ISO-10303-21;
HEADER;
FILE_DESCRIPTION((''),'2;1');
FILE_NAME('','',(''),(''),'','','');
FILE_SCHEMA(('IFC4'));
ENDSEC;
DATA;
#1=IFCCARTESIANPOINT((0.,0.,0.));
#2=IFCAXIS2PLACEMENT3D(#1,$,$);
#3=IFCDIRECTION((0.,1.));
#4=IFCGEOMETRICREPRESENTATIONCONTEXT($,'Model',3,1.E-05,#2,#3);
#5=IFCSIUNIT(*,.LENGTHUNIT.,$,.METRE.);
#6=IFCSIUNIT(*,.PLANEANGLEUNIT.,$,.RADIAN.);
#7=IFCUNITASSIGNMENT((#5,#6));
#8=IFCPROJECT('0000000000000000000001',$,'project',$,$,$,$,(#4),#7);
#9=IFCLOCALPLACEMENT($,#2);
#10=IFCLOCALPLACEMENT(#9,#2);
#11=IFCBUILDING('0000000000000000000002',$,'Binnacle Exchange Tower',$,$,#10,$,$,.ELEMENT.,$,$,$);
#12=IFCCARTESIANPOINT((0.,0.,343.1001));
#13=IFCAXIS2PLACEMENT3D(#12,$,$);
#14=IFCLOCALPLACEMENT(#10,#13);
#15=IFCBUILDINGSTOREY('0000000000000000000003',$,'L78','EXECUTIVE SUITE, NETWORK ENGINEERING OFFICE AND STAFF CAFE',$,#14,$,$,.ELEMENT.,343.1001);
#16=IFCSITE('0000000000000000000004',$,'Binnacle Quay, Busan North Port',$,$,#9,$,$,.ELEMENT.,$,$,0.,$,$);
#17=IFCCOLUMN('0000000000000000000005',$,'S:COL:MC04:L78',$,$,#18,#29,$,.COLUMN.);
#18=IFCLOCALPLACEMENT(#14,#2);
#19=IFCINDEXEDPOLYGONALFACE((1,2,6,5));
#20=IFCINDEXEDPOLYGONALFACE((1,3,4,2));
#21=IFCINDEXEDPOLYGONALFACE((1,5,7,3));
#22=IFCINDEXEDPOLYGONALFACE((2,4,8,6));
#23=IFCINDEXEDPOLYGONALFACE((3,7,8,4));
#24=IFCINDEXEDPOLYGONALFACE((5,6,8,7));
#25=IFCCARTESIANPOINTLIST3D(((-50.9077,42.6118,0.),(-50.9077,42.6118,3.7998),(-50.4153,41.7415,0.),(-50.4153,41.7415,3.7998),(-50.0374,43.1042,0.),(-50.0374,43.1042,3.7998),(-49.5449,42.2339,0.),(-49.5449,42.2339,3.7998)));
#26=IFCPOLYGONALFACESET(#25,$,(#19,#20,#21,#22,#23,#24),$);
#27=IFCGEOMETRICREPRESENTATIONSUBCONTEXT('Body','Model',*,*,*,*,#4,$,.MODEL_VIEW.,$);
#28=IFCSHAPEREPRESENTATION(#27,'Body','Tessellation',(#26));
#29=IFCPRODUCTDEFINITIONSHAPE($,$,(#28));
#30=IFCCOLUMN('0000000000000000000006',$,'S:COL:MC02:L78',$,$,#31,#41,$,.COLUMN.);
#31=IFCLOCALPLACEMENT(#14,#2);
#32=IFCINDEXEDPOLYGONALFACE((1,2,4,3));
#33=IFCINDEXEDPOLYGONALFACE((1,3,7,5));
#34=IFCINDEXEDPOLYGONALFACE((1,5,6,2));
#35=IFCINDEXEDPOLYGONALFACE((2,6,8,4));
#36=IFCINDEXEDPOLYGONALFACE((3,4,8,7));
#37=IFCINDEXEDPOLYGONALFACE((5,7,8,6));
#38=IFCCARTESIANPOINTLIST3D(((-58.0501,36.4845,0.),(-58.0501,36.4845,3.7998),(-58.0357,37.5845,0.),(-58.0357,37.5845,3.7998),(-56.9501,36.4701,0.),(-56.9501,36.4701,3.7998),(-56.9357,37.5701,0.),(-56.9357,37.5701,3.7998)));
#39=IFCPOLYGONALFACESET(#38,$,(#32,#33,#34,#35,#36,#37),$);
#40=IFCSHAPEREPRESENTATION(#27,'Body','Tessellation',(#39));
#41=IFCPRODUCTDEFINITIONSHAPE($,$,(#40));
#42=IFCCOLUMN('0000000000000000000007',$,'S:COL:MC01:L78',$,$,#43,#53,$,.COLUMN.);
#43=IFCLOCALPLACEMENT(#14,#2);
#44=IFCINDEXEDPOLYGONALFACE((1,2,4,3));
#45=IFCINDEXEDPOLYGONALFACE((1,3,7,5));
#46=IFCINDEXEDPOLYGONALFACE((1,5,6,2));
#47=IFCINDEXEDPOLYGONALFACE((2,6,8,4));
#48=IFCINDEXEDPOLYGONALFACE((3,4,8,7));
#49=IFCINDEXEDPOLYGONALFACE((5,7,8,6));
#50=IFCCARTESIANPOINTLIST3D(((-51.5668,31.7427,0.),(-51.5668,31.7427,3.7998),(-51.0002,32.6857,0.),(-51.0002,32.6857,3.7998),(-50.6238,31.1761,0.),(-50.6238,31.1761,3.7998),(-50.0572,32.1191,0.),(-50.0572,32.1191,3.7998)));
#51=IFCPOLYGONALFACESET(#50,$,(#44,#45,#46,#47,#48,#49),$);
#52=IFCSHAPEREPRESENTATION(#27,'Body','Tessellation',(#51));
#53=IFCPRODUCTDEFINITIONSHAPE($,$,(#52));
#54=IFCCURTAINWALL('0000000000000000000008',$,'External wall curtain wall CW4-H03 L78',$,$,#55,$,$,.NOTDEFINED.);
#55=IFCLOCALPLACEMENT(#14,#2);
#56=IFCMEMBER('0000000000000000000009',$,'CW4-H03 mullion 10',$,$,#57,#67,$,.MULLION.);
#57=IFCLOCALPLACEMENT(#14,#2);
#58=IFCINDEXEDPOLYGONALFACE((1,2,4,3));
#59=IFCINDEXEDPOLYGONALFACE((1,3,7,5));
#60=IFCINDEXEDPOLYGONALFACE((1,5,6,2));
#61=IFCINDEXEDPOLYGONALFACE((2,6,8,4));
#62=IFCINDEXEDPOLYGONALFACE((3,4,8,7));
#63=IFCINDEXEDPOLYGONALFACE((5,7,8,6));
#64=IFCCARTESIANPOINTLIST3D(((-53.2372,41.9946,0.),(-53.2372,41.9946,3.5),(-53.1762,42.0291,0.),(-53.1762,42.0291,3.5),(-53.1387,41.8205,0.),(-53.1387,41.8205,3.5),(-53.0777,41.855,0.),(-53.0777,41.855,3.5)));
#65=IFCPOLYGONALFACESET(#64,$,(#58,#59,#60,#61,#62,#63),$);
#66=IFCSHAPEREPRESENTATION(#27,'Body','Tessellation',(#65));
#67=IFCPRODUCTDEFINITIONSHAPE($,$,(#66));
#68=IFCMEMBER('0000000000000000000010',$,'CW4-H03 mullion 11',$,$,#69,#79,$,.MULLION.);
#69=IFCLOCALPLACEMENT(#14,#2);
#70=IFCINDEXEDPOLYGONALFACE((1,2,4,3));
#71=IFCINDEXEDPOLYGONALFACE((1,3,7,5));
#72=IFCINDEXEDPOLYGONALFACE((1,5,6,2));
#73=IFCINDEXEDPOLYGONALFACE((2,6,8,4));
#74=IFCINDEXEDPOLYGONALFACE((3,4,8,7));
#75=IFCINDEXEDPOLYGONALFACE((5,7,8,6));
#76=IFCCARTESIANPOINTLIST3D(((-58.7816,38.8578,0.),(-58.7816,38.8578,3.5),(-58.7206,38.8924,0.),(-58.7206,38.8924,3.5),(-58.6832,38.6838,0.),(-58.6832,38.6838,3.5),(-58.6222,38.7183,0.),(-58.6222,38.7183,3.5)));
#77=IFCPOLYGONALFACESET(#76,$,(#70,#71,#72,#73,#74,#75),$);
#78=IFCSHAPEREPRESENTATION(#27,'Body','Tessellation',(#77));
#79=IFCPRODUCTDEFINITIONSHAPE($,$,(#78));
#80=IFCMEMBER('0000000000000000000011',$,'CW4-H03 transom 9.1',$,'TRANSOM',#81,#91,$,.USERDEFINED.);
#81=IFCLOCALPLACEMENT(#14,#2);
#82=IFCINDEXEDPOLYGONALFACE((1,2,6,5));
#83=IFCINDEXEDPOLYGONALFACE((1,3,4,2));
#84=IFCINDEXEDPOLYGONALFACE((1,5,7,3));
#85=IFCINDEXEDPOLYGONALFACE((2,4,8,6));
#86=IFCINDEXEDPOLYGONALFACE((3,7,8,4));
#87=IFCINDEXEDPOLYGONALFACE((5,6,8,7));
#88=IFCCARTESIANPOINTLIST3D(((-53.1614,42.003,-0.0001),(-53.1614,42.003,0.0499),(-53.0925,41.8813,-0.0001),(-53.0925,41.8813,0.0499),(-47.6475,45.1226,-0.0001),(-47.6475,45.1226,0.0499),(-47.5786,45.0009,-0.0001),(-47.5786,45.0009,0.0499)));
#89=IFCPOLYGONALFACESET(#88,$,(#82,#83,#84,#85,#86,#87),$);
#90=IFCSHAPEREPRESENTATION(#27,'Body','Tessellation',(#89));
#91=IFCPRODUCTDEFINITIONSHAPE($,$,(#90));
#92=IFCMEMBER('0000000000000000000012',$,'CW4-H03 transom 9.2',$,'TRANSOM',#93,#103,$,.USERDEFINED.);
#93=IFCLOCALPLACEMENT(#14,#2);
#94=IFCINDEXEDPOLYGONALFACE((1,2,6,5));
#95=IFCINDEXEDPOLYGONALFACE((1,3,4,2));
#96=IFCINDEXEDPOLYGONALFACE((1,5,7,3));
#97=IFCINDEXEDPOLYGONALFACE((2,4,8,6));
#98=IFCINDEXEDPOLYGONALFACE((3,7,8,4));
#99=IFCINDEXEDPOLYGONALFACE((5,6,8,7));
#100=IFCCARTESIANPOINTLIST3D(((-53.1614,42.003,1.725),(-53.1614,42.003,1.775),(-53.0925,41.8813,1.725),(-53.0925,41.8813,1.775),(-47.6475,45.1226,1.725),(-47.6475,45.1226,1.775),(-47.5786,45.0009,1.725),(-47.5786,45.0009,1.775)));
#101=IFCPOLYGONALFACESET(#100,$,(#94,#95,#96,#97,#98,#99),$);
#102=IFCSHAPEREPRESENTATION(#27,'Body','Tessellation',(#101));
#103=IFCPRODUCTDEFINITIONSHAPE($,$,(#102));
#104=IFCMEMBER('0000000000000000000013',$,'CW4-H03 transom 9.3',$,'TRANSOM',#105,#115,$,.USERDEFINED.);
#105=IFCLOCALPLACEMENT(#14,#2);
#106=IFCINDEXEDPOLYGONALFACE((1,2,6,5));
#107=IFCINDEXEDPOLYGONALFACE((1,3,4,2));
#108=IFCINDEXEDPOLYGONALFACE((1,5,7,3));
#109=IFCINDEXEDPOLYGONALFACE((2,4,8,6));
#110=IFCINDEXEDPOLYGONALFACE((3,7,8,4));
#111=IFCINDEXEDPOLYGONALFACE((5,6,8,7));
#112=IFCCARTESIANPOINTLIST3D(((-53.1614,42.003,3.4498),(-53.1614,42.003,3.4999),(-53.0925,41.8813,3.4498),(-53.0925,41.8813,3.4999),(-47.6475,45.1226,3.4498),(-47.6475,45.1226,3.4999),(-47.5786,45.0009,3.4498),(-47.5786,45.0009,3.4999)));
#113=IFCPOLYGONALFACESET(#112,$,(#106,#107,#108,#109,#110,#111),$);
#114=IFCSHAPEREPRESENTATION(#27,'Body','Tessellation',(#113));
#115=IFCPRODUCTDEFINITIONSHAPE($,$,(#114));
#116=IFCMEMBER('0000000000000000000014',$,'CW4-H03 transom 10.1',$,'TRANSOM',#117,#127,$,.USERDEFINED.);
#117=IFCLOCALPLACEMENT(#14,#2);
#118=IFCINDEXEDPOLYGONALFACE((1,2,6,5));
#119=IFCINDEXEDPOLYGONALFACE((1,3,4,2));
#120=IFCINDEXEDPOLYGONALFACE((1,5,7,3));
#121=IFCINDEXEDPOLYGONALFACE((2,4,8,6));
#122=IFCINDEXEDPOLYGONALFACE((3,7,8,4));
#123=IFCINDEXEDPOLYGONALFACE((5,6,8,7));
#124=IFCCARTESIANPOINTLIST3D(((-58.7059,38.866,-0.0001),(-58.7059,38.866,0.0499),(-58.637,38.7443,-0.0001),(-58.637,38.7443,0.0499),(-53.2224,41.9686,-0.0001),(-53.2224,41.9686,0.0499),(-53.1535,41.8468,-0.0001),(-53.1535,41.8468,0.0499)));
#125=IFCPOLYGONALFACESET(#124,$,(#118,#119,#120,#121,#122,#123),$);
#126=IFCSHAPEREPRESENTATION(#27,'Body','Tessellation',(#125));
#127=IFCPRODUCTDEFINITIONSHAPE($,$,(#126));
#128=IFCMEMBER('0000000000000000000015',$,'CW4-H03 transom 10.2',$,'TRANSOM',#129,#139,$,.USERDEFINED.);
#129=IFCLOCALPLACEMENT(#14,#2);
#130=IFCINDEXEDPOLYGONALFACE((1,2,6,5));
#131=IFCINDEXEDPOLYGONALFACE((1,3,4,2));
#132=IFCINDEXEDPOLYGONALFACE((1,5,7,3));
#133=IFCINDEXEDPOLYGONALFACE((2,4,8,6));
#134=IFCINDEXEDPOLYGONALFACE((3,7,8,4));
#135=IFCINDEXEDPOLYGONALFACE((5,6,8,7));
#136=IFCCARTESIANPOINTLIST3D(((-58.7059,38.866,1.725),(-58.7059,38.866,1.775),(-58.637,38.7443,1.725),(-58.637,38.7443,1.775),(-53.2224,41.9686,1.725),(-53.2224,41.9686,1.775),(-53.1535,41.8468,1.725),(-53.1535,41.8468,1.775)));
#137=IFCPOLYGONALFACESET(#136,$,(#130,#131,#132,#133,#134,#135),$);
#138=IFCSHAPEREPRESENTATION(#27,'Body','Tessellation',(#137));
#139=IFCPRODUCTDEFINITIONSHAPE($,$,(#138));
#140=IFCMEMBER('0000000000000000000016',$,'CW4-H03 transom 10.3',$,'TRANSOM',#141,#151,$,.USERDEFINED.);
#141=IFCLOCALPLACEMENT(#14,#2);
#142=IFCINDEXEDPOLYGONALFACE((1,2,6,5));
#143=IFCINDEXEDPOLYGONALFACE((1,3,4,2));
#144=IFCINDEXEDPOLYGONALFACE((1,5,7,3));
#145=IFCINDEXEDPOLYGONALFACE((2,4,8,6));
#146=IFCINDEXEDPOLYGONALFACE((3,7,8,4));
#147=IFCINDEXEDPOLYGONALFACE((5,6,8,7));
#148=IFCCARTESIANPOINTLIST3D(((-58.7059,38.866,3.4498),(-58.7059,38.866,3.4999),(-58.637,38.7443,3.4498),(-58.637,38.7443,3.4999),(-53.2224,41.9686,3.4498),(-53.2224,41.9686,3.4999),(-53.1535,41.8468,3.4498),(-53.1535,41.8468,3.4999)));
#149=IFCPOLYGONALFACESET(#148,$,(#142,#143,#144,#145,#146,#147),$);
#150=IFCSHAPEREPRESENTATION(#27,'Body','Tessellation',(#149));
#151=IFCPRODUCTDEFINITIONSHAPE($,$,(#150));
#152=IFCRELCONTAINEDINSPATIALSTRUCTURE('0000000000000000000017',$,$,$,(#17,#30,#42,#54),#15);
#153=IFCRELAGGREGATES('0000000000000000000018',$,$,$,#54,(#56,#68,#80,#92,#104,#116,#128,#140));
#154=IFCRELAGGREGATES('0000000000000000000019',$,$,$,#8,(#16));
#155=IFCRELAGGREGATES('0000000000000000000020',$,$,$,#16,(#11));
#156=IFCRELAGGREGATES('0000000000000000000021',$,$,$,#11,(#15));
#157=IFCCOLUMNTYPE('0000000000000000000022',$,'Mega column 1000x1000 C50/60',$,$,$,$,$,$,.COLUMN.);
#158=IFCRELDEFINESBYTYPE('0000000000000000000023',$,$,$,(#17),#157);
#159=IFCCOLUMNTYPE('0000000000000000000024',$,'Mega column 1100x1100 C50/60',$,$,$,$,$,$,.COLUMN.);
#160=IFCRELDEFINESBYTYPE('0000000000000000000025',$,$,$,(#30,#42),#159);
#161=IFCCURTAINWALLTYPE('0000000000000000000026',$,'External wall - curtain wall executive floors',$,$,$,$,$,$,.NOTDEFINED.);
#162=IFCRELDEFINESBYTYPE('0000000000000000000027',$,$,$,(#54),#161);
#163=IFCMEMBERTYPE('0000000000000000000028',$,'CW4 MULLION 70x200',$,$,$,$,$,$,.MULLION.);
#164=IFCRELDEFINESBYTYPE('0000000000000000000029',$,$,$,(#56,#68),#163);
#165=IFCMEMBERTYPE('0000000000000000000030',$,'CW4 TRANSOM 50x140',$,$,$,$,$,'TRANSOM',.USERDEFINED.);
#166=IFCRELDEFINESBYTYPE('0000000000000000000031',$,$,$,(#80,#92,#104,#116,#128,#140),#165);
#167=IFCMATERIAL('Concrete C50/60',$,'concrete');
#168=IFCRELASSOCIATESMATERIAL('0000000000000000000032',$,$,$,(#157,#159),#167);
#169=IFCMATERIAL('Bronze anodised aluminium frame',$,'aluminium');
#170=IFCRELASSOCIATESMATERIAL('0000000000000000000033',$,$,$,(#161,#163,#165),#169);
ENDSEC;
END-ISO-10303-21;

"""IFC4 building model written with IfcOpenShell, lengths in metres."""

from ifc_helpers import new_model, si_unit, direction, frame, origin, origin_2d, place, context, subcontext, project, spatial, rectangle, extrude, material, material_profile, profile_set, type_object, element, aggregate, save


model = new_model("IFC4")

# Units and contexts
model_context = context("Model", 3, precision=1e-05, world=origin(), true_north=direction((0.0, 1.0)))
body_context = subcontext(model_context, "Body", "Model", "MODEL_VIEW")
ifc_project = project(units=[si_unit("LENGTHUNIT", "METRE"), si_unit("PLANEANGLEUNIT", "RADIAN")], contexts=[model_context])

# Site, building, storey
site_placement = place(None, origin())
site = spatial("IfcSite", under=ifc_project, at=site_placement, Name="Binnacle Quay, Busan North Port", CompositionType="ELEMENT", RefElevation=0.0)
building_placement = place(site_placement, origin())
building = spatial("IfcBuilding", under=site, at=building_placement, Name="Binnacle Exchange Tower", CompositionType="ELEMENT")
storey_placement = place(building_placement, frame((0.0, 0.0, 343.1001)))
storey = spatial("IfcBuildingStorey", under=building, at=storey_placement, Name="L78", Description="EXECUTIVE SUITE, NETWORK ENGINEERING OFFICE AND STAFF CAFE", CompositionType="ELEMENT", Elevation=343.1001)

# Columns
ifc_material_1 = material(Name="Concrete C50/60", Category="concrete")
ifc_material_profile_1 = material_profile(ifc_material_1, rectangle(XDim=1.0, YDim=1.0, at=origin_2d()), Name="Mega column 1000x1000 C50/60")
ifc_profile_set_1 = profile_set([ifc_material_profile_1], Name="Concrete C50/60")
column_type_1 = type_object("IfcColumnType", Name="Mega column 1000x1000 C50/60", PredefinedType="COLUMN", material=ifc_profile_set_1)
column_placement = place(storey_placement, frame((-50.2263, 42.4229, 0.0), z_axis=(0.0, 0.0, 1.0), x_axis=(-0.870356, -0.492424, 0.0)))
element("IfcColumn", 1, at=column_placement, inside=storey, type_object=column_type_1, Name="S:COL:MC04:L78", PredefinedType="COLUMN", context=body_context, shape_type="SweptSolid", body=[
    extrude(rectangle(XDim=1.0, YDim=1.0, at=origin_2d()), origin(), (0.0, 0.0, 1.0), 3.7998),
])
ifc_material_profile_2 = material_profile(ifc_material_1, rectangle(XDim=1.1001, YDim=1.1001, at=origin_2d()), Name="Mega column 1100x1100 C50/60")
ifc_profile_set_2 = profile_set([ifc_material_profile_2], Name="Concrete C50/60")
column_type_2 = type_object("IfcColumnType", Name="Mega column 1100x1100 C50/60", PredefinedType="COLUMN", material=ifc_profile_set_2)
for number, where, z_axis, x_axis, name in (
    (2, (-57.4929, 37.0273, 0.0), (0.0, 0.0, 1.0), (-0.01309, -0.999914, 0.0), "S:COL:MC02:L78"),
    (3, (-50.812, 31.9309, 0.0), (0.0, 0.0, 1.0), (0.857167, -0.515038, 0.0), "S:COL:MC01:L78"),
):
    element("IfcColumn", number, at=place(storey_placement, frame(where, z_axis=z_axis, x_axis=x_axis)), inside=storey, type_object=column_type_2, Name=name, PredefinedType="COLUMN", context=body_context, shape_type="SweptSolid", body=[
        extrude(rectangle(XDim=1.1001, YDim=1.1001, at=origin_2d()), origin(), (0.0, 0.0, 1.0), 3.7998),
    ])

# Curtain wall, members
ifc_material_2 = material(Name="Bronze anodised aluminium frame", Category="aluminium")
curtain_wall_type = type_object("IfcCurtainWallType", Name="External wall - curtain wall executive floors", PredefinedType="NOTDEFINED", material=ifc_material_2)
curtain_wall_placement = place(storey_placement, origin())
curtain_wall = element("IfcCurtainWall", 4, at=curtain_wall_placement, inside=storey, type_object=curtain_wall_type, Name="External wall curtain wall CW4-H03 L78", PredefinedType="NOTDEFINED")
ifc_material_profile_3 = material_profile(ifc_material_2, rectangle(XDim=0.2, YDim=0.0701, at=origin_2d()), Name="AL 70x200")
ifc_profile_set_3 = profile_set([ifc_material_profile_3], Name="Bronze anodised aluminium frame")
member_type_1 = type_object("IfcMemberType", Name="CW4 MULLION 70x200", PredefinedType="MULLION", material=ifc_profile_set_3)
member_1_placement = place(storey_placement, frame((-53.1575, 41.9248, 0.0), z_axis=(0.0, 0.0, 1.0), x_axis=(0.492424, -0.870356, 0.0)))
member_1 = element("IfcMember", 5, at=member_1_placement, type_object=member_type_1, Name="CW4-H03 mullion 10", PredefinedType="MULLION", context=body_context, shape_type="SweptSolid", body=[
    extrude(rectangle(XDim=0.2, YDim=0.0701, at=origin_2d()), origin(), (0.0, 0.0, 1.0), 3.5),
])
member_2_placement = place(storey_placement, frame((-58.7019, 38.7881, 0.0), z_axis=(0.0, 0.0, 1.0), x_axis=(0.492424, -0.870356, 0.0)))
member_2 = element("IfcMember", 6, at=member_2_placement, type_object=member_type_1, Name="CW4-H03 mullion 11", PredefinedType="MULLION", context=body_context, shape_type="SweptSolid", body=[
    extrude(rectangle(XDim=0.2, YDim=0.0701, at=origin_2d()), origin(), (0.0, 0.0, 1.0), 3.5),
])
ifc_material_profile_4 = material_profile(ifc_material_2, rectangle(XDim=0.1399, YDim=0.05, at=origin_2d()), Name="AL 140x50")
ifc_profile_set_4 = profile_set([ifc_material_profile_4], Name="Bronze anodised aluminium frame")
member_type_2 = type_object("IfcMemberType", Name="CW4 TRANSOM 50x140", ElementType="TRANSOM", PredefinedType="USERDEFINED", material=ifc_profile_set_4)
member_3_placement = place(storey_placement, frame((-47.613, 45.0618, 0.0249), z_axis=(-0.870355, -0.492424, 0.0), x_axis=(0.492424, -0.870355, 0.0)))
member_3 = element("IfcMember", 7, at=member_3_placement, type_object=member_type_2, Name="CW4-H03 transom 9.1", ObjectType="TRANSOM", PredefinedType="USERDEFINED", context=body_context, shape_type="SweptSolid", body=[
    extrude(rectangle(XDim=0.1399, YDim=0.05, at=origin_2d()), origin(), (0.0, 0.0, 1.0), 6.3352),
])
member_4_placement = place(storey_placement, frame((-47.613, 45.0618, 1.75), z_axis=(-0.870355, -0.492424, 0.0), x_axis=(0.492424, -0.870355, 0.0)))
member_4 = element("IfcMember", 8, at=member_4_placement, type_object=member_type_2, Name="CW4-H03 transom 9.2", ObjectType="TRANSOM", PredefinedType="USERDEFINED", context=body_context, shape_type="SweptSolid", body=[
    extrude(rectangle(XDim=0.1399, YDim=0.05, at=origin_2d()), origin(), (0.0, 0.0, 1.0), 6.3352),
])
member_5_placement = place(storey_placement, frame((-47.613, 45.0618, 3.4749), z_axis=(-0.870355, -0.492424, 0.0), x_axis=(0.492424, -0.870355, 0.0)))
member_5 = element("IfcMember", 9, at=member_5_placement, type_object=member_type_2, Name="CW4-H03 transom 9.3", ObjectType="TRANSOM", PredefinedType="USERDEFINED", context=body_context, shape_type="SweptSolid", body=[
    extrude(rectangle(XDim=0.1399, YDim=0.05, at=origin_2d()), origin(), (0.0, 0.0, 1.0), 6.3352),
])
member_6_placement = place(storey_placement, frame((-53.188, 41.9077, 0.0249), z_axis=(-0.870343, -0.492445, 0.0), x_axis=(0.492445, -0.870343, 0.0)))
member_6 = element("IfcMember", 10, at=member_6_placement, type_object=member_type_2, Name="CW4-H03 transom 10.1", ObjectType="TRANSOM", PredefinedType="USERDEFINED", context=body_context, shape_type="SweptSolid", body=[
    extrude(rectangle(XDim=0.1399, YDim=0.05, at=origin_2d()), origin(), (0.0, 0.0, 1.0), 6.3003),
])
member_7_placement = place(storey_placement, frame((-53.188, 41.9077, 1.75), z_axis=(-0.870343, -0.492445, 0.0), x_axis=(0.492445, -0.870343, 0.0)))
member_7 = element("IfcMember", 11, at=member_7_placement, type_object=member_type_2, Name="CW4-H03 transom 10.2", ObjectType="TRANSOM", PredefinedType="USERDEFINED", context=body_context, shape_type="SweptSolid", body=[
    extrude(rectangle(XDim=0.1399, YDim=0.05, at=origin_2d()), origin(), (0.0, 0.0, 1.0), 6.3003),
])
member_8_placement = place(storey_placement, frame((-53.188, 41.9077, 3.4749), z_axis=(-0.870343, -0.492445, 0.0), x_axis=(0.492445, -0.870343, 0.0)))
member_8 = element("IfcMember", 12, at=member_8_placement, type_object=member_type_2, Name="CW4-H03 transom 10.3", ObjectType="TRANSOM", PredefinedType="USERDEFINED", context=body_context, shape_type="SweptSolid", body=[
    extrude(rectangle(XDim=0.1399, YDim=0.05, at=origin_2d()), origin(), (0.0, 0.0, 1.0), 6.3003),
])

aggregate(curtain_wall, [member_1, member_2, member_3, member_4, member_5, member_6, member_7, member_8])

save(model, "model.ifc")
